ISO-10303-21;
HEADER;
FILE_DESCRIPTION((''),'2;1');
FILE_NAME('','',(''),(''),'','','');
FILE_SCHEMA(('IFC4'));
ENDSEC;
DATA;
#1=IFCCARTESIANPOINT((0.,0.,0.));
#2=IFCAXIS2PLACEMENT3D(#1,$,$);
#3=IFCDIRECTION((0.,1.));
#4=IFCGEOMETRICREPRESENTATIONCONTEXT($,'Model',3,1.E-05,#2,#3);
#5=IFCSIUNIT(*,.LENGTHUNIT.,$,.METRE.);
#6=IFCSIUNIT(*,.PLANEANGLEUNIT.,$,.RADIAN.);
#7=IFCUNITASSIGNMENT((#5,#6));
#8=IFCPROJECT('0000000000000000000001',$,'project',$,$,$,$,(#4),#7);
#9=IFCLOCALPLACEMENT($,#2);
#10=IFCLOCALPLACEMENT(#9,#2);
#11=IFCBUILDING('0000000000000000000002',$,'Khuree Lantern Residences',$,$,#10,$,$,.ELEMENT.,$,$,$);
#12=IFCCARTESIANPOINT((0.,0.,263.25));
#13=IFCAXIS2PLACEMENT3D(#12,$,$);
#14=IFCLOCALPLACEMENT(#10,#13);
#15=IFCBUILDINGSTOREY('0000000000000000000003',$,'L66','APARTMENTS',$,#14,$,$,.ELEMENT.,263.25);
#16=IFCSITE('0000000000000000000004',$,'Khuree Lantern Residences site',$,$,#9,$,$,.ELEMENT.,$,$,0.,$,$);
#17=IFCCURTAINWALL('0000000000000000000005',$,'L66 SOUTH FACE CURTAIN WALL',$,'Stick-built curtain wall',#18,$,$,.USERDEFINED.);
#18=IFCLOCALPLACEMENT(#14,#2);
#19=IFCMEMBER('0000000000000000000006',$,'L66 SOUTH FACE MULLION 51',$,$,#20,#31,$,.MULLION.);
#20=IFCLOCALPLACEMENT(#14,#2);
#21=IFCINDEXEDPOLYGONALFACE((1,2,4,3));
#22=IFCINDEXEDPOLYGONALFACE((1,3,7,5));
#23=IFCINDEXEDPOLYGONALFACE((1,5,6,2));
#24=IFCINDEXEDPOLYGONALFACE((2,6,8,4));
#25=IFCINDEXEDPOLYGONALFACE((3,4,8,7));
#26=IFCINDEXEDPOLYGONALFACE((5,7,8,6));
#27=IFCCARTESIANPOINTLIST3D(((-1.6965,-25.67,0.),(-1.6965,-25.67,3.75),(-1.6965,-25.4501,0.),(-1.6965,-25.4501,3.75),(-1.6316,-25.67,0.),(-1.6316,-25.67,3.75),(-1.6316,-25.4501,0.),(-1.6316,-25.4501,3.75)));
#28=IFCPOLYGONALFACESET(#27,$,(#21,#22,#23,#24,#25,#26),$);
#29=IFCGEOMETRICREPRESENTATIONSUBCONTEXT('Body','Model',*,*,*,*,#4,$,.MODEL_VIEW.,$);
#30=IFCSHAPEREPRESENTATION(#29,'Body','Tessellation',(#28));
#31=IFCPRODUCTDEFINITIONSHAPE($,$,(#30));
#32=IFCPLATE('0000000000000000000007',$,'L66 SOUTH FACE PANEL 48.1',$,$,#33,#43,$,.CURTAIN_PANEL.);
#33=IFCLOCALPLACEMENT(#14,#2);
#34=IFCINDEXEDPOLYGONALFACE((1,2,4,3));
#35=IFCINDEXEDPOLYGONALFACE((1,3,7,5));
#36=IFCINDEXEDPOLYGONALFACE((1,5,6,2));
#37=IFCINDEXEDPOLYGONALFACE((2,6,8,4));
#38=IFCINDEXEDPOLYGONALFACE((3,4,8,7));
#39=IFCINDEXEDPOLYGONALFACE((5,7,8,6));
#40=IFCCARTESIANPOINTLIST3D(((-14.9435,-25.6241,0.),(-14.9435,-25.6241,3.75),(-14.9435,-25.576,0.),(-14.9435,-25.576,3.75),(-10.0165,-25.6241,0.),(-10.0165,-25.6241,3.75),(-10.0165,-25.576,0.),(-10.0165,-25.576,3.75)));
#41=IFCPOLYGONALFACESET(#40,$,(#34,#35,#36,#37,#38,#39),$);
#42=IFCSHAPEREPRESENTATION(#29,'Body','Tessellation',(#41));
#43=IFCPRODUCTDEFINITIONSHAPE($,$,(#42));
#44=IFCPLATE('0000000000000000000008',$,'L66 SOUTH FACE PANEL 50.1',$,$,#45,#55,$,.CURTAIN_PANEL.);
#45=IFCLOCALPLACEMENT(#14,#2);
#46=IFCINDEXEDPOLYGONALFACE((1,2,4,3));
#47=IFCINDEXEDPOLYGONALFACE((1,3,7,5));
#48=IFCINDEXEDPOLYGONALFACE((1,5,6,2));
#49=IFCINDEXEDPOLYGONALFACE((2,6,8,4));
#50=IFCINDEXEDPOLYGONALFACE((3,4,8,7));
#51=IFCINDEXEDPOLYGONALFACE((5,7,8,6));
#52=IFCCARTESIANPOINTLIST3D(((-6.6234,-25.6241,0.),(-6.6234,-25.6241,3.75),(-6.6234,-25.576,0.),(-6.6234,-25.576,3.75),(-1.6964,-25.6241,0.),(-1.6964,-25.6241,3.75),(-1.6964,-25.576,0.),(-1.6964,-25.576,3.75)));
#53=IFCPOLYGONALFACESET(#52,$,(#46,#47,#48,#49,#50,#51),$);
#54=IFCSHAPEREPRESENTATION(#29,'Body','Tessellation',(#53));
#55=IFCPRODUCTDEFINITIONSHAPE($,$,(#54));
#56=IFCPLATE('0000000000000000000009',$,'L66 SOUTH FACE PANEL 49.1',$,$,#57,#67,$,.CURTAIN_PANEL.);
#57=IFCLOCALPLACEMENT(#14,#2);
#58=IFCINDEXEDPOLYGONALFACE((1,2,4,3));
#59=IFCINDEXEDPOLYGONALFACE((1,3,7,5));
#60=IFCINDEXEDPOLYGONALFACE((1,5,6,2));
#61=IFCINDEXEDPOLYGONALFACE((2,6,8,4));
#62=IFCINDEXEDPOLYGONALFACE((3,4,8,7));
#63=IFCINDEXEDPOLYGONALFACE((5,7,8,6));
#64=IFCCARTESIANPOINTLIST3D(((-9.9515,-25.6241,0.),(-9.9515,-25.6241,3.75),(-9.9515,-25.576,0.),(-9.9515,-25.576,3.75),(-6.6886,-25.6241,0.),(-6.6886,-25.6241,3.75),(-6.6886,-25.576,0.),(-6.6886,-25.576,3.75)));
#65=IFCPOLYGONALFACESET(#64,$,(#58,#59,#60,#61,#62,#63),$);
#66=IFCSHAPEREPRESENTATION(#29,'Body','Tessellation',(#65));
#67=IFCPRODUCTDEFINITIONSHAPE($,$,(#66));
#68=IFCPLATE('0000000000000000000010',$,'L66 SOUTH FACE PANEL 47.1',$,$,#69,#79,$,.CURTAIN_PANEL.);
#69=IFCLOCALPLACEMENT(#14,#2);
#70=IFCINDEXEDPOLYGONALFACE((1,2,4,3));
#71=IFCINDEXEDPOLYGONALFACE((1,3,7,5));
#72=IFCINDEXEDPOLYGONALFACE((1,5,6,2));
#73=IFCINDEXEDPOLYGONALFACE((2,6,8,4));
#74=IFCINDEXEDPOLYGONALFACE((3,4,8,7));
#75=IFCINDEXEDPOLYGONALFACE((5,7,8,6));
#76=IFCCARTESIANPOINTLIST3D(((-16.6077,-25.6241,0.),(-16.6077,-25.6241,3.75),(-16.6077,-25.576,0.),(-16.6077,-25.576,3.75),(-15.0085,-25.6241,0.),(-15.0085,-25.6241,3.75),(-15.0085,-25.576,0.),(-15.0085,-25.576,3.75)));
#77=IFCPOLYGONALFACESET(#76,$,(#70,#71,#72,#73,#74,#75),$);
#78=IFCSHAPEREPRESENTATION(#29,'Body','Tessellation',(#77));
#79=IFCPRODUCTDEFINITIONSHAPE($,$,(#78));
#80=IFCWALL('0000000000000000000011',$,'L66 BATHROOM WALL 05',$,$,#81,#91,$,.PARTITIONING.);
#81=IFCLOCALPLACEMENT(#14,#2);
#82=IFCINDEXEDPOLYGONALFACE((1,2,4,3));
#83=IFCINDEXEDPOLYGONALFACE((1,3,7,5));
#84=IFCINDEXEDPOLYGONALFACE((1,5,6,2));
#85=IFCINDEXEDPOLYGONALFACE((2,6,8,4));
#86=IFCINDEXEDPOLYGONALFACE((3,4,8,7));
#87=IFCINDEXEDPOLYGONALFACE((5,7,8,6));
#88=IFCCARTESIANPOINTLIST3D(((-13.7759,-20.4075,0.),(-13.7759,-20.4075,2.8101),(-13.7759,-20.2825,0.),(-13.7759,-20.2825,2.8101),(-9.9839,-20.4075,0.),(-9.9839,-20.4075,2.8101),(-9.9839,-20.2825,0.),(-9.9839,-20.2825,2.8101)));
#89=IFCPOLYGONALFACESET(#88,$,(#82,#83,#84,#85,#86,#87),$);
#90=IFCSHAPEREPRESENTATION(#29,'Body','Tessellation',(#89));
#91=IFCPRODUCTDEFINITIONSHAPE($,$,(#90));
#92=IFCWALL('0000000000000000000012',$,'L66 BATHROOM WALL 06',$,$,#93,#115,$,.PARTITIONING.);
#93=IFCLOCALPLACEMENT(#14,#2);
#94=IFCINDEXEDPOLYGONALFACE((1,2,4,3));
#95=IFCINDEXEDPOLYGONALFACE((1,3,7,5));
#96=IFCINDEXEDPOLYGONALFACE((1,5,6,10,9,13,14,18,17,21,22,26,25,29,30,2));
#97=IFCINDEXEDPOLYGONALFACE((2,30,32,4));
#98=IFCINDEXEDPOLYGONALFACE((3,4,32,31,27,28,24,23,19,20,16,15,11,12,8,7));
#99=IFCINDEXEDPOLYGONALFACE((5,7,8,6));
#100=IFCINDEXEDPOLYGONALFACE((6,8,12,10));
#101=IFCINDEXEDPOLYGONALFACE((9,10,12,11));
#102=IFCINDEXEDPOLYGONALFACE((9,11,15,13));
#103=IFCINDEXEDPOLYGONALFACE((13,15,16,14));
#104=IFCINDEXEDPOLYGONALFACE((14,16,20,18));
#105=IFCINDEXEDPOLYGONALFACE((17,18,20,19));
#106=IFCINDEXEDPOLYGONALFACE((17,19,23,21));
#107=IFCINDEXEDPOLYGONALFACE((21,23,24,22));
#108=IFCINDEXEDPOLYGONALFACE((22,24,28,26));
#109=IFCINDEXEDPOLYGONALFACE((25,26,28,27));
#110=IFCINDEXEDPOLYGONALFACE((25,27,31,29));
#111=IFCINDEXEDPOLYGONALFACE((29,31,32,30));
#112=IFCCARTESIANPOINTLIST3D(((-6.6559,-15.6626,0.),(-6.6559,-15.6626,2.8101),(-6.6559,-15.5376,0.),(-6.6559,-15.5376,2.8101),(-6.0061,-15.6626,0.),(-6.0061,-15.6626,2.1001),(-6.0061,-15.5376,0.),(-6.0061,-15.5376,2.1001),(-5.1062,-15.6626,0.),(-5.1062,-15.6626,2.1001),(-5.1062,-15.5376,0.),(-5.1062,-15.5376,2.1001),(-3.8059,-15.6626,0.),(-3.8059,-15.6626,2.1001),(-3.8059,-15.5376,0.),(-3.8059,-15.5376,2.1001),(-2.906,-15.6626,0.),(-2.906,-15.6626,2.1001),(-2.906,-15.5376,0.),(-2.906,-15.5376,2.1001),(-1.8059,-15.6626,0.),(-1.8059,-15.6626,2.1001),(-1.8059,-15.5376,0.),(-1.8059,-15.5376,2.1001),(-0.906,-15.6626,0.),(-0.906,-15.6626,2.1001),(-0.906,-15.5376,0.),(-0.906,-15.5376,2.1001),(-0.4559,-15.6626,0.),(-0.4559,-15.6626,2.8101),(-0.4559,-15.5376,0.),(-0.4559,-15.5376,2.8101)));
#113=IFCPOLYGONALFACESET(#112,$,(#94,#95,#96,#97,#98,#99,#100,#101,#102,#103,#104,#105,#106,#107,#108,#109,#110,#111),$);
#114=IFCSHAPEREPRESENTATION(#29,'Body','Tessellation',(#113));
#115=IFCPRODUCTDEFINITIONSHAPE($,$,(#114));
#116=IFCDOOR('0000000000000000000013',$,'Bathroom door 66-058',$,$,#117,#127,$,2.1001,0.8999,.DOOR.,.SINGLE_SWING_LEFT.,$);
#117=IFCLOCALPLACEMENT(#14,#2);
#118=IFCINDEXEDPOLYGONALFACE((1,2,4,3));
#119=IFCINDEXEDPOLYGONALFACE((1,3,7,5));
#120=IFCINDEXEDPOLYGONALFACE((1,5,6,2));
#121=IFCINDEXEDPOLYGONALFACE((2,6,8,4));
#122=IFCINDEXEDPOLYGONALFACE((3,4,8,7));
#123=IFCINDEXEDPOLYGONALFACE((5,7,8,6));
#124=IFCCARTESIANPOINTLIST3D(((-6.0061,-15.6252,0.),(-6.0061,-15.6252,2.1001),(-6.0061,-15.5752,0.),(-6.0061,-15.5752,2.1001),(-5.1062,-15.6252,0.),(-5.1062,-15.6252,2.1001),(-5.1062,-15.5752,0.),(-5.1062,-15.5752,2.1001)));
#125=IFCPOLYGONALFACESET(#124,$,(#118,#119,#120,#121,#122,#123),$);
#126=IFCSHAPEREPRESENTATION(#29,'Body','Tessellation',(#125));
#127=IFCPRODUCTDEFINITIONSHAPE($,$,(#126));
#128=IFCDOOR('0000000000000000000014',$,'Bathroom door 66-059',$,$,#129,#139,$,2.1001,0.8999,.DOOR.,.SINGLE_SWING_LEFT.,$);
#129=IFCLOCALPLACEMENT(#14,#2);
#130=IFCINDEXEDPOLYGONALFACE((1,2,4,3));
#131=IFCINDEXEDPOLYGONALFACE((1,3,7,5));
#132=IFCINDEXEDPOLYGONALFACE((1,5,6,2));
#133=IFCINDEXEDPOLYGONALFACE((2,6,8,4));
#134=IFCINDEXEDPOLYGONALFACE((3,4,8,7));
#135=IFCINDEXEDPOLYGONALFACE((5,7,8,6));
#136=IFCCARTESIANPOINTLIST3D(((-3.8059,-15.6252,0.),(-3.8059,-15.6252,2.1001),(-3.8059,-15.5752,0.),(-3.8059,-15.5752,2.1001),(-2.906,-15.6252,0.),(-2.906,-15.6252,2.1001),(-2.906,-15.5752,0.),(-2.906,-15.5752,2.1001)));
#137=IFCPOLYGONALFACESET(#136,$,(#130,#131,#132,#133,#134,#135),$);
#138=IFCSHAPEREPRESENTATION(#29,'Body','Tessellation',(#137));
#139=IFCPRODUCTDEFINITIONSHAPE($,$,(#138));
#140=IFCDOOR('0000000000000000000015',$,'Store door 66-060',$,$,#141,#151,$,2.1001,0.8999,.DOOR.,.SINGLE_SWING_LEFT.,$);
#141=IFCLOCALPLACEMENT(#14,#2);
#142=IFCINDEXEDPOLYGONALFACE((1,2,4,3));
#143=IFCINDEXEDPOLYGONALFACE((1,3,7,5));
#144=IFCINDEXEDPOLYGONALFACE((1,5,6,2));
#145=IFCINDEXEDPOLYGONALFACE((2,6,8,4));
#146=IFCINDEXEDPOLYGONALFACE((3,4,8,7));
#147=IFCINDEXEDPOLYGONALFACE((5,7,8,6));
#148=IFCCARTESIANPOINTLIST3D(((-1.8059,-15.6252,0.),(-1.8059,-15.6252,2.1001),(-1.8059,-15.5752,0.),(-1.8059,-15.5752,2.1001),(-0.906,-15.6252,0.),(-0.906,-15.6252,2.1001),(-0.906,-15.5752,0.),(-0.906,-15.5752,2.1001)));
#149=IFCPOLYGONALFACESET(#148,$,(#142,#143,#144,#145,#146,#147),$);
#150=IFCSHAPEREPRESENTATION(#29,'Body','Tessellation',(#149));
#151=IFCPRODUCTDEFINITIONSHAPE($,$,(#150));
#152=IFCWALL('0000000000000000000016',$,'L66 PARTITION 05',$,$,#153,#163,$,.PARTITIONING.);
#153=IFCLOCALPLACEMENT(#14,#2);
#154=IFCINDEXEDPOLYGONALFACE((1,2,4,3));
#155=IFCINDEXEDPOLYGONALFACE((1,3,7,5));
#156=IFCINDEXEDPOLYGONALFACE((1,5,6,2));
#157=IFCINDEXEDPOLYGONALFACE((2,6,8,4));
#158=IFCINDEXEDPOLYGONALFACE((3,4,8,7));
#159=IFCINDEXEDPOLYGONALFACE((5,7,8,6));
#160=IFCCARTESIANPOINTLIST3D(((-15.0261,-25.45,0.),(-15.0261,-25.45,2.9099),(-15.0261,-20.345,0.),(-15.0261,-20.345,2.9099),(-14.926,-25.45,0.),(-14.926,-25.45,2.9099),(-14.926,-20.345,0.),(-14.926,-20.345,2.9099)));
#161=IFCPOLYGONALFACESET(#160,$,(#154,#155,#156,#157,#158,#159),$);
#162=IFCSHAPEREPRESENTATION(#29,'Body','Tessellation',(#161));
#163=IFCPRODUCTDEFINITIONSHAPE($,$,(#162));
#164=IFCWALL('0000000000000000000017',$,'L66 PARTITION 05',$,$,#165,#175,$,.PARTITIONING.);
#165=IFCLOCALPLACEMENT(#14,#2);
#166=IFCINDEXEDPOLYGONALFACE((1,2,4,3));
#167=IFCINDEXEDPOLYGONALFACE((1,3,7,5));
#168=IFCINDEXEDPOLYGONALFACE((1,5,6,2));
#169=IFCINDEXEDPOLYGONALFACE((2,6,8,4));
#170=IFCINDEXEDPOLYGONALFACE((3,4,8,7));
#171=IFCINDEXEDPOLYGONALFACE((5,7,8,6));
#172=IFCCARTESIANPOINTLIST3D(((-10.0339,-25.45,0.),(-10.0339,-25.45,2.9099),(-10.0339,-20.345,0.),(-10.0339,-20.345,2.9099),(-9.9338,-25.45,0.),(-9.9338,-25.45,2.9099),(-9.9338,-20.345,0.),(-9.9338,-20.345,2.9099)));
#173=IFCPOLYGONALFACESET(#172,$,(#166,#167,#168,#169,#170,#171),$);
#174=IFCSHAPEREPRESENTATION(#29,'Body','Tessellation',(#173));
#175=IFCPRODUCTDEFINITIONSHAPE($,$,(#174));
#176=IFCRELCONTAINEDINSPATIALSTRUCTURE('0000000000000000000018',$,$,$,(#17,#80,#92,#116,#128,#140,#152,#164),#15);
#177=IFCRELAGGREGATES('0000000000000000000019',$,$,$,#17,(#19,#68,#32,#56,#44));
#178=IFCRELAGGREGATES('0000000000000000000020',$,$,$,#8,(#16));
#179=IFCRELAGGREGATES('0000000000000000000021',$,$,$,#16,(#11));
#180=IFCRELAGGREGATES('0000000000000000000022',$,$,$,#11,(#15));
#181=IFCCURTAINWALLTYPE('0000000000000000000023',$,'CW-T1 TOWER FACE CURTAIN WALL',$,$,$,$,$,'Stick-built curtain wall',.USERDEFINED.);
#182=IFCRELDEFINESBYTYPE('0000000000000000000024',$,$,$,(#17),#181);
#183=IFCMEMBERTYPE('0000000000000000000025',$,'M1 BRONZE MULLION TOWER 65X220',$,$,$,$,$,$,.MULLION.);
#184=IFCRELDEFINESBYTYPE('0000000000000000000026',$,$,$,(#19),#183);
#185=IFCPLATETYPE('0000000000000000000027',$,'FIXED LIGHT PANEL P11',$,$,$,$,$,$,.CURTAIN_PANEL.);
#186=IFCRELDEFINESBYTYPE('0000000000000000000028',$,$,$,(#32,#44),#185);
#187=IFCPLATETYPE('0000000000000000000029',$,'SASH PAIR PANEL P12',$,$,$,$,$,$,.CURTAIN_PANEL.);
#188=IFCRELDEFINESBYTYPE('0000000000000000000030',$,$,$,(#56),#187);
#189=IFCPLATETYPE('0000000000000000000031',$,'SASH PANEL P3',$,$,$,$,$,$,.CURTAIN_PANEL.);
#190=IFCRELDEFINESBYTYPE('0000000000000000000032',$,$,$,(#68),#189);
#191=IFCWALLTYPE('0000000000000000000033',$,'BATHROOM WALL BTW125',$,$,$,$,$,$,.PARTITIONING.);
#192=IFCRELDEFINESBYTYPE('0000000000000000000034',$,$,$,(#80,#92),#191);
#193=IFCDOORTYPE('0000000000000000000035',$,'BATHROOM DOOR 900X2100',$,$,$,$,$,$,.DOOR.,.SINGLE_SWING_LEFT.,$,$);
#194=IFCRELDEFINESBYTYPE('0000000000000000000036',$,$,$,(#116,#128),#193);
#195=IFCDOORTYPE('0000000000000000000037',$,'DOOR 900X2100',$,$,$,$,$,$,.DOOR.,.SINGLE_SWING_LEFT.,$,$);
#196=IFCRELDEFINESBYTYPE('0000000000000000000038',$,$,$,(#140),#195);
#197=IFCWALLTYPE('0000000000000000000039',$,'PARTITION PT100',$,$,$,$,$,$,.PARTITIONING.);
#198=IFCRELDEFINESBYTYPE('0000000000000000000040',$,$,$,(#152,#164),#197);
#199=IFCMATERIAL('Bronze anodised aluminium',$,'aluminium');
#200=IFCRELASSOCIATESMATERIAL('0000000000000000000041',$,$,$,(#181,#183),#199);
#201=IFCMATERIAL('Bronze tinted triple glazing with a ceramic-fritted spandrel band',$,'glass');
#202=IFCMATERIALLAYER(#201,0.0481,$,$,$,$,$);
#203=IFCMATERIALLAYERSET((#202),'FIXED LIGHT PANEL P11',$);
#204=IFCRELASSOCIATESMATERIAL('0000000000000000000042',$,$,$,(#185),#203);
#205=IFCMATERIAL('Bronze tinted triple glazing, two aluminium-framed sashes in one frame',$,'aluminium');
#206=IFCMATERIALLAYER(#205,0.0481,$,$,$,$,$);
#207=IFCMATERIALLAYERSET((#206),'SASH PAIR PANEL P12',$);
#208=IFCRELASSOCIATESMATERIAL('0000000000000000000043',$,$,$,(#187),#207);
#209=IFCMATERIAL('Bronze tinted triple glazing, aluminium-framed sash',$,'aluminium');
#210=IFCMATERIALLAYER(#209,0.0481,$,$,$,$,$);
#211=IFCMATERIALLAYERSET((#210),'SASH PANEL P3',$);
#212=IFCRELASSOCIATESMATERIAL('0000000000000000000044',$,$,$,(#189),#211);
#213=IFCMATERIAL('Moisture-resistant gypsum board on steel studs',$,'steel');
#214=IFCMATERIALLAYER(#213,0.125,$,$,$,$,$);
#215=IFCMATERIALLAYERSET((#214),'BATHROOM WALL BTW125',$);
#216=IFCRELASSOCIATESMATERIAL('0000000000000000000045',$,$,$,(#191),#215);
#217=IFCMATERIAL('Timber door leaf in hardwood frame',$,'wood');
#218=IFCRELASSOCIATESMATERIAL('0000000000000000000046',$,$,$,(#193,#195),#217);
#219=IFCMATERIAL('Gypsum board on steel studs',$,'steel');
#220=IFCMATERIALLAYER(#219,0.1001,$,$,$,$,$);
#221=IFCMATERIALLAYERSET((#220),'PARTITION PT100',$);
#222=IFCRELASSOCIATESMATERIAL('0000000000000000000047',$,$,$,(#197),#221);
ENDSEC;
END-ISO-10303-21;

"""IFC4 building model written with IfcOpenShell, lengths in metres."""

from ifc_helpers import new_model, si_unit, direction, frame, frame_2d, origin, origin_2d, place, context, subcontext, project, spatial, rectangle, extrude, material, layer, layer_set, material_profile, profile_set, type_object, element, fill, aggregate, save


model = new_model("IFC4")

# Units and contexts
model_context = context("Model", 3, precision=1e-05, world=origin(), true_north=direction((0.0, 1.0)))
body_context = subcontext(model_context, "Body", "Model", "MODEL_VIEW")
ifc_project = project(units=[si_unit("LENGTHUNIT", "METRE"), si_unit("PLANEANGLEUNIT", "RADIAN")], contexts=[model_context])

# Site, building, storey
site_placement = place(None, origin())
site = spatial("IfcSite", under=ifc_project, at=site_placement, Name="Khuree Lantern Residences site", CompositionType="ELEMENT", RefElevation=0.0)
building_placement = place(site_placement, origin())
building = spatial("IfcBuilding", under=site, at=building_placement, Name="Khuree Lantern Residences", CompositionType="ELEMENT")
storey_placement = place(building_placement, frame((0.0, 0.0, 263.25)))
storey = spatial("IfcBuildingStorey", under=building, at=storey_placement, Name="L66", Description="APARTMENTS", CompositionType="ELEMENT", Elevation=263.25)

# Curtain wall
ifc_material_1 = material(Name="Bronze anodised aluminium", Category="aluminium")
curtain_wall_type = type_object("IfcCurtainWallType", Name="CW-T1 TOWER FACE CURTAIN WALL", ElementType="Stick-built curtain wall", PredefinedType="USERDEFINED", material=ifc_material_1)
curtain_wall_placement = place(storey_placement, origin())
curtain_wall = element("IfcCurtainWall", 1, at=curtain_wall_placement, inside=storey, type_object=curtain_wall_type, Name="L66 SOUTH FACE CURTAIN WALL", ObjectType="Stick-built curtain wall", PredefinedType="USERDEFINED")

# Member
ifc_material_profile_1 = material_profile(ifc_material_1, rectangle(XDim=0.0649, YDim=0.22, at=origin_2d()), Name="M1 65X220")
ifc_profile_set_1 = profile_set([ifc_material_profile_1], Name="Bronze anodised aluminium")
member_type_1 = type_object("IfcMemberType", Name="M1 BRONZE MULLION TOWER 65X220", PredefinedType="MULLION", material=ifc_profile_set_1)
member_1_placement = place(storey_placement, frame((-1.6641, -25.5601, 0.0), z_axis=(0.0, 0.0, 1.0), x_axis=(1.0, 0.0, 0.0)))
member_1 = element("IfcMember", 2, at=member_1_placement, type_object=member_type_1, Name="L66 SOUTH FACE MULLION 51", PredefinedType="MULLION", context=body_context, shape_type="SweptSolid", body=[
    extrude(rectangle(XDim=0.0649, YDim=0.22, at=origin_2d()), origin(), (0.0, 0.0, 1.0), 3.75),
])

# Plates
ifc_material_2 = material(Name="Bronze tinted triple glazing with a ceramic-fritted spandrel band", Category="glass")
ifc_layer_1 = layer(ifc_material_2, 0.0481)
ifc_layer_set_1 = layer_set([ifc_layer_1], Name="FIXED LIGHT PANEL P11")
plate_type_1 = type_object("IfcPlateType", Name="FIXED LIGHT PANEL P11", PredefinedType="CURTAIN_PANEL", material=ifc_layer_set_1)
plate_1_placement = place(storey_placement, frame((-12.48, -25.6001, 0.0), z_axis=(0.0, 0.0, 1.0), x_axis=(1.0, 0.0, 0.0)))
plate_1 = element("IfcPlate", 3, at=plate_1_placement, type_object=plate_type_1, Name="L66 SOUTH FACE PANEL 48.1", PredefinedType="CURTAIN_PANEL", context=body_context, shape_type="SweptSolid", body=[
    extrude(rectangle(XDim=4.927, YDim=0.0481, at=origin_2d()), origin(), (0.0, 0.0, 1.0), 3.75),
])
plate_2_placement = place(storey_placement, frame((-4.1599, -25.6001, 0.0), z_axis=(0.0, 0.0, 1.0), x_axis=(1.0, 0.0, 0.0)))
plate_2 = element("IfcPlate", 4, at=plate_2_placement, type_object=plate_type_1, Name="L66 SOUTH FACE PANEL 50.1", PredefinedType="CURTAIN_PANEL", context=body_context, shape_type="SweptSolid", body=[
    extrude(rectangle(XDim=4.927, YDim=0.0481, at=origin_2d()), origin(), (0.0, 0.0, 1.0), 3.75),
])
ifc_material_3 = material(Name="Bronze tinted triple glazing, two aluminium-framed sashes in one frame", Category="aluminium")
ifc_layer_2 = layer(ifc_material_3, 0.0481)
ifc_layer_set_2 = layer_set([ifc_layer_2], Name="SASH PAIR PANEL P12")
plate_type_2 = type_object("IfcPlateType", Name="SASH PAIR PANEL P12", PredefinedType="CURTAIN_PANEL", material=ifc_layer_set_2)
plate_3_placement = place(storey_placement, frame((-8.3201, -25.6001, 0.0), z_axis=(0.0, 0.0, 1.0), x_axis=(1.0, 0.0, 0.0)))
plate_3 = element("IfcPlate", 5, at=plate_3_placement, type_object=plate_type_2, Name="L66 SOUTH FACE PANEL 49.1", PredefinedType="CURTAIN_PANEL", context=body_context, shape_type="SweptSolid", body=[
    extrude(rectangle(XDim=3.2629, YDim=0.0481, at=origin_2d()), origin(), (0.0, 0.0, 1.0), 3.75),
])
ifc_material_4 = material(Name="Bronze tinted triple glazing, aluminium-framed sash", Category="aluminium")
ifc_layer_3 = layer(ifc_material_4, 0.0481)
ifc_layer_set_3 = layer_set([ifc_layer_3], Name="SASH PANEL P3")
plate_type_3 = type_object("IfcPlateType", Name="SASH PANEL P3", PredefinedType="CURTAIN_PANEL", material=ifc_layer_set_3)
plate_4_placement = place(storey_placement, frame((-15.8081, -25.6001, 0.0), z_axis=(0.0, 0.0, 1.0), x_axis=(1.0, 0.0, 0.0)))
plate_4 = element("IfcPlate", 6, at=plate_4_placement, type_object=plate_type_3, Name="L66 SOUTH FACE PANEL 47.1", PredefinedType="CURTAIN_PANEL", context=body_context, shape_type="SweptSolid", body=[
    extrude(rectangle(XDim=1.5991, YDim=0.0481, at=origin_2d()), origin(), (0.0, 0.0, 1.0), 3.75),
])
aggregate(curtain_wall, [member_1, plate_4, plate_1, plate_3, plate_2])

# Wall
ifc_material_5 = material(Name="Moisture-resistant gypsum board on steel studs", Category="steel")
ifc_layer_4 = layer(ifc_material_5, 0.125)
ifc_layer_set_4 = layer_set([ifc_layer_4], Name="BATHROOM WALL BTW125")
wall_type_1 = type_object("IfcWallType", Name="BATHROOM WALL BTW125", PredefinedType="PARTITIONING", material=ifc_layer_set_4)
wall_1_placement = place(storey_placement, frame((-13.7759, -20.345, 0.0), z_axis=(0.0, 0.0, 1.0), x_axis=(1.0, 0.0, 0.0)))
element("IfcWall", 7, at=wall_1_placement, inside=storey, type_object=wall_type_1, Name="L66 BATHROOM WALL 05", PredefinedType="PARTITIONING", context=body_context, shape_type="SweptSolid", body=[
    extrude(rectangle(XDim=3.792, YDim=0.125, at=frame_2d((1.896, 0.0))), origin(), (0.0, 0.0, 1.0), 2.8101),
])

# Wall, openings, doors
wall_2_placement = place(storey_placement, frame((-6.656, -15.6001, 0.0), z_axis=(0.0, 0.0, 1.0), x_axis=(1.0, 0.0, 0.0)))
wall_2 = element("IfcWall", 8, at=wall_2_placement, inside=storey, type_object=wall_type_1, Name="L66 BATHROOM WALL 06", PredefinedType="PARTITIONING", context=body_context, shape_type="SweptSolid", body=[
    extrude(rectangle(XDim=6.2, YDim=0.125, at=frame_2d((3.1001, 0.0))), origin(), (0.0, 0.0, 1.0), 2.8101),
])
opening_1_placement = place(wall_2_placement, frame((0.6499, 0.0, 0.0)))
opening_1 = element("IfcOpeningElement", 9, at=opening_1_placement, cuts=wall_2, PredefinedType="OPENING", context=body_context, shape_type="SweptSolid", body=[
    extrude(rectangle(XDim=0.8999, YDim=2.1001, at=frame_2d((0.45, 1.05))), frame((0.0, 0.0725, 0.0), z_axis=(0.0, -1.0, 0.0), x_axis=(1.0, 0.0, 0.0)), (0.0, 0.0, 1.0), 0.145),
])
opening_2_placement = place(wall_2_placement, frame((2.8501, 0.0, 0.0)))
opening_2 = element("IfcOpeningElement", 10, at=opening_2_placement, cuts=wall_2, PredefinedType="OPENING", context=body_context, shape_type="SweptSolid", body=[
    extrude(rectangle(XDim=0.8999, YDim=2.1001, at=frame_2d((0.45, 1.05))), frame((0.0, 0.0725, 0.0), z_axis=(0.0, -1.0, 0.0), x_axis=(1.0, 0.0, 0.0)), (0.0, 0.0, 1.0), 0.145),
])
opening_3_placement = place(wall_2_placement, frame((4.8501, 0.0, 0.0)))
opening_3 = element("IfcOpeningElement", 11, at=opening_3_placement, cuts=wall_2, PredefinedType="OPENING", context=body_context, shape_type="SweptSolid", body=[
    extrude(rectangle(XDim=0.8999, YDim=2.1001, at=frame_2d((0.45, 1.05))), frame((0.0, 0.0725, 0.0), z_axis=(0.0, -1.0, 0.0), x_axis=(1.0, 0.0, 0.0)), (0.0, 0.0, 1.0), 0.145),
])
ifc_material_6 = material(Name="Timber door leaf in hardwood frame", Category="wood")
door_type_1 = type_object("IfcDoorType", Name="BATHROOM DOOR 900X2100", OperationType="SINGLE_SWING_LEFT", PredefinedType="DOOR", material=ifc_material_6)
door_1_placement = place(opening_1_placement, origin())
door_1 = element("IfcDoor", 12, at=door_1_placement, inside=storey, type_object=door_type_1, Name="Bathroom door 66-058", OperationType="SINGLE_SWING_LEFT", OverallHeight=2.1001, OverallWidth=0.8999, PredefinedType="DOOR", context=body_context, shape_type="SweptSolid", body=[
    extrude(rectangle(XDim=0.8999, YDim=2.1001, at=frame_2d((0.45, 1.05))), frame((0.0, 0.0249, 0.0), z_axis=(0.0, -1.0, 0.0), x_axis=(1.0, 0.0, 0.0)), (0.0, 0.0, 1.0), 0.05),
])
fill(opening_1, door_1)
door_2_placement = place(opening_2_placement, origin())
door_2 = element("IfcDoor", 13, at=door_2_placement, inside=storey, type_object=door_type_1, Name="Bathroom door 66-059", OperationType="SINGLE_SWING_LEFT", OverallHeight=2.1001, OverallWidth=0.8999, PredefinedType="DOOR", context=body_context, shape_type="SweptSolid", body=[
    extrude(rectangle(XDim=0.8999, YDim=2.1001, at=frame_2d((0.45, 1.05))), frame((0.0, 0.0249, 0.0), z_axis=(0.0, -1.0, 0.0), x_axis=(1.0, 0.0, 0.0)), (0.0, 0.0, 1.0), 0.05),
])
fill(opening_2, door_2)
door_type_2 = type_object("IfcDoorType", Name="DOOR 900X2100", OperationType="SINGLE_SWING_LEFT", PredefinedType="DOOR", material=ifc_material_6)
door_3_placement = place(opening_3_placement, origin())
door_3 = element("IfcDoor", 14, at=door_3_placement, inside=storey, type_object=door_type_2, Name="Store door 66-060", OperationType="SINGLE_SWING_LEFT", OverallHeight=2.1001, OverallWidth=0.8999, PredefinedType="DOOR", context=body_context, shape_type="SweptSolid", body=[
    extrude(rectangle(XDim=0.8999, YDim=2.1001, at=frame_2d((0.45, 1.05))), frame((0.0, 0.0249, 0.0), z_axis=(0.0, -1.0, 0.0), x_axis=(1.0, 0.0, 0.0)), (0.0, 0.0, 1.0), 0.05),
])
fill(opening_3, door_3)

# Walls
ifc_material_7 = material(Name="Gypsum board on steel studs", Category="steel")
ifc_layer_5 = layer(ifc_material_7, 0.1001)
ifc_layer_set_5 = layer_set([ifc_layer_5], Name="PARTITION PT100")
wall_type_2 = type_object("IfcWallType", Name="PARTITION PT100", PredefinedType="PARTITIONING", material=ifc_layer_set_5)
for number, where, z_axis, x_axis, name in (
    (15, (-14.9761, -20.345, 0.0), (0.0, 0.0, 1.0), (0.0, -1.0, 0.0), "L66 PARTITION 05"),
    (16, (-9.9839, -20.345, 0.0), (0.0, 0.0, 1.0), (0.0, -1.0, 0.0), "L66 PARTITION 05"),
):
    element("IfcWall", number, at=place(storey_placement, frame(where, z_axis=z_axis, x_axis=x_axis)), inside=storey, type_object=wall_type_2, Name=name, PredefinedType="PARTITIONING", context=body_context, shape_type="SweptSolid", body=[
        extrude(rectangle(XDim=5.105, YDim=0.1001, at=frame_2d((2.5525, 0.0))), origin(), (0.0, 0.0, 1.0), 2.9099),
    ])

save(model, "model.ifc")
